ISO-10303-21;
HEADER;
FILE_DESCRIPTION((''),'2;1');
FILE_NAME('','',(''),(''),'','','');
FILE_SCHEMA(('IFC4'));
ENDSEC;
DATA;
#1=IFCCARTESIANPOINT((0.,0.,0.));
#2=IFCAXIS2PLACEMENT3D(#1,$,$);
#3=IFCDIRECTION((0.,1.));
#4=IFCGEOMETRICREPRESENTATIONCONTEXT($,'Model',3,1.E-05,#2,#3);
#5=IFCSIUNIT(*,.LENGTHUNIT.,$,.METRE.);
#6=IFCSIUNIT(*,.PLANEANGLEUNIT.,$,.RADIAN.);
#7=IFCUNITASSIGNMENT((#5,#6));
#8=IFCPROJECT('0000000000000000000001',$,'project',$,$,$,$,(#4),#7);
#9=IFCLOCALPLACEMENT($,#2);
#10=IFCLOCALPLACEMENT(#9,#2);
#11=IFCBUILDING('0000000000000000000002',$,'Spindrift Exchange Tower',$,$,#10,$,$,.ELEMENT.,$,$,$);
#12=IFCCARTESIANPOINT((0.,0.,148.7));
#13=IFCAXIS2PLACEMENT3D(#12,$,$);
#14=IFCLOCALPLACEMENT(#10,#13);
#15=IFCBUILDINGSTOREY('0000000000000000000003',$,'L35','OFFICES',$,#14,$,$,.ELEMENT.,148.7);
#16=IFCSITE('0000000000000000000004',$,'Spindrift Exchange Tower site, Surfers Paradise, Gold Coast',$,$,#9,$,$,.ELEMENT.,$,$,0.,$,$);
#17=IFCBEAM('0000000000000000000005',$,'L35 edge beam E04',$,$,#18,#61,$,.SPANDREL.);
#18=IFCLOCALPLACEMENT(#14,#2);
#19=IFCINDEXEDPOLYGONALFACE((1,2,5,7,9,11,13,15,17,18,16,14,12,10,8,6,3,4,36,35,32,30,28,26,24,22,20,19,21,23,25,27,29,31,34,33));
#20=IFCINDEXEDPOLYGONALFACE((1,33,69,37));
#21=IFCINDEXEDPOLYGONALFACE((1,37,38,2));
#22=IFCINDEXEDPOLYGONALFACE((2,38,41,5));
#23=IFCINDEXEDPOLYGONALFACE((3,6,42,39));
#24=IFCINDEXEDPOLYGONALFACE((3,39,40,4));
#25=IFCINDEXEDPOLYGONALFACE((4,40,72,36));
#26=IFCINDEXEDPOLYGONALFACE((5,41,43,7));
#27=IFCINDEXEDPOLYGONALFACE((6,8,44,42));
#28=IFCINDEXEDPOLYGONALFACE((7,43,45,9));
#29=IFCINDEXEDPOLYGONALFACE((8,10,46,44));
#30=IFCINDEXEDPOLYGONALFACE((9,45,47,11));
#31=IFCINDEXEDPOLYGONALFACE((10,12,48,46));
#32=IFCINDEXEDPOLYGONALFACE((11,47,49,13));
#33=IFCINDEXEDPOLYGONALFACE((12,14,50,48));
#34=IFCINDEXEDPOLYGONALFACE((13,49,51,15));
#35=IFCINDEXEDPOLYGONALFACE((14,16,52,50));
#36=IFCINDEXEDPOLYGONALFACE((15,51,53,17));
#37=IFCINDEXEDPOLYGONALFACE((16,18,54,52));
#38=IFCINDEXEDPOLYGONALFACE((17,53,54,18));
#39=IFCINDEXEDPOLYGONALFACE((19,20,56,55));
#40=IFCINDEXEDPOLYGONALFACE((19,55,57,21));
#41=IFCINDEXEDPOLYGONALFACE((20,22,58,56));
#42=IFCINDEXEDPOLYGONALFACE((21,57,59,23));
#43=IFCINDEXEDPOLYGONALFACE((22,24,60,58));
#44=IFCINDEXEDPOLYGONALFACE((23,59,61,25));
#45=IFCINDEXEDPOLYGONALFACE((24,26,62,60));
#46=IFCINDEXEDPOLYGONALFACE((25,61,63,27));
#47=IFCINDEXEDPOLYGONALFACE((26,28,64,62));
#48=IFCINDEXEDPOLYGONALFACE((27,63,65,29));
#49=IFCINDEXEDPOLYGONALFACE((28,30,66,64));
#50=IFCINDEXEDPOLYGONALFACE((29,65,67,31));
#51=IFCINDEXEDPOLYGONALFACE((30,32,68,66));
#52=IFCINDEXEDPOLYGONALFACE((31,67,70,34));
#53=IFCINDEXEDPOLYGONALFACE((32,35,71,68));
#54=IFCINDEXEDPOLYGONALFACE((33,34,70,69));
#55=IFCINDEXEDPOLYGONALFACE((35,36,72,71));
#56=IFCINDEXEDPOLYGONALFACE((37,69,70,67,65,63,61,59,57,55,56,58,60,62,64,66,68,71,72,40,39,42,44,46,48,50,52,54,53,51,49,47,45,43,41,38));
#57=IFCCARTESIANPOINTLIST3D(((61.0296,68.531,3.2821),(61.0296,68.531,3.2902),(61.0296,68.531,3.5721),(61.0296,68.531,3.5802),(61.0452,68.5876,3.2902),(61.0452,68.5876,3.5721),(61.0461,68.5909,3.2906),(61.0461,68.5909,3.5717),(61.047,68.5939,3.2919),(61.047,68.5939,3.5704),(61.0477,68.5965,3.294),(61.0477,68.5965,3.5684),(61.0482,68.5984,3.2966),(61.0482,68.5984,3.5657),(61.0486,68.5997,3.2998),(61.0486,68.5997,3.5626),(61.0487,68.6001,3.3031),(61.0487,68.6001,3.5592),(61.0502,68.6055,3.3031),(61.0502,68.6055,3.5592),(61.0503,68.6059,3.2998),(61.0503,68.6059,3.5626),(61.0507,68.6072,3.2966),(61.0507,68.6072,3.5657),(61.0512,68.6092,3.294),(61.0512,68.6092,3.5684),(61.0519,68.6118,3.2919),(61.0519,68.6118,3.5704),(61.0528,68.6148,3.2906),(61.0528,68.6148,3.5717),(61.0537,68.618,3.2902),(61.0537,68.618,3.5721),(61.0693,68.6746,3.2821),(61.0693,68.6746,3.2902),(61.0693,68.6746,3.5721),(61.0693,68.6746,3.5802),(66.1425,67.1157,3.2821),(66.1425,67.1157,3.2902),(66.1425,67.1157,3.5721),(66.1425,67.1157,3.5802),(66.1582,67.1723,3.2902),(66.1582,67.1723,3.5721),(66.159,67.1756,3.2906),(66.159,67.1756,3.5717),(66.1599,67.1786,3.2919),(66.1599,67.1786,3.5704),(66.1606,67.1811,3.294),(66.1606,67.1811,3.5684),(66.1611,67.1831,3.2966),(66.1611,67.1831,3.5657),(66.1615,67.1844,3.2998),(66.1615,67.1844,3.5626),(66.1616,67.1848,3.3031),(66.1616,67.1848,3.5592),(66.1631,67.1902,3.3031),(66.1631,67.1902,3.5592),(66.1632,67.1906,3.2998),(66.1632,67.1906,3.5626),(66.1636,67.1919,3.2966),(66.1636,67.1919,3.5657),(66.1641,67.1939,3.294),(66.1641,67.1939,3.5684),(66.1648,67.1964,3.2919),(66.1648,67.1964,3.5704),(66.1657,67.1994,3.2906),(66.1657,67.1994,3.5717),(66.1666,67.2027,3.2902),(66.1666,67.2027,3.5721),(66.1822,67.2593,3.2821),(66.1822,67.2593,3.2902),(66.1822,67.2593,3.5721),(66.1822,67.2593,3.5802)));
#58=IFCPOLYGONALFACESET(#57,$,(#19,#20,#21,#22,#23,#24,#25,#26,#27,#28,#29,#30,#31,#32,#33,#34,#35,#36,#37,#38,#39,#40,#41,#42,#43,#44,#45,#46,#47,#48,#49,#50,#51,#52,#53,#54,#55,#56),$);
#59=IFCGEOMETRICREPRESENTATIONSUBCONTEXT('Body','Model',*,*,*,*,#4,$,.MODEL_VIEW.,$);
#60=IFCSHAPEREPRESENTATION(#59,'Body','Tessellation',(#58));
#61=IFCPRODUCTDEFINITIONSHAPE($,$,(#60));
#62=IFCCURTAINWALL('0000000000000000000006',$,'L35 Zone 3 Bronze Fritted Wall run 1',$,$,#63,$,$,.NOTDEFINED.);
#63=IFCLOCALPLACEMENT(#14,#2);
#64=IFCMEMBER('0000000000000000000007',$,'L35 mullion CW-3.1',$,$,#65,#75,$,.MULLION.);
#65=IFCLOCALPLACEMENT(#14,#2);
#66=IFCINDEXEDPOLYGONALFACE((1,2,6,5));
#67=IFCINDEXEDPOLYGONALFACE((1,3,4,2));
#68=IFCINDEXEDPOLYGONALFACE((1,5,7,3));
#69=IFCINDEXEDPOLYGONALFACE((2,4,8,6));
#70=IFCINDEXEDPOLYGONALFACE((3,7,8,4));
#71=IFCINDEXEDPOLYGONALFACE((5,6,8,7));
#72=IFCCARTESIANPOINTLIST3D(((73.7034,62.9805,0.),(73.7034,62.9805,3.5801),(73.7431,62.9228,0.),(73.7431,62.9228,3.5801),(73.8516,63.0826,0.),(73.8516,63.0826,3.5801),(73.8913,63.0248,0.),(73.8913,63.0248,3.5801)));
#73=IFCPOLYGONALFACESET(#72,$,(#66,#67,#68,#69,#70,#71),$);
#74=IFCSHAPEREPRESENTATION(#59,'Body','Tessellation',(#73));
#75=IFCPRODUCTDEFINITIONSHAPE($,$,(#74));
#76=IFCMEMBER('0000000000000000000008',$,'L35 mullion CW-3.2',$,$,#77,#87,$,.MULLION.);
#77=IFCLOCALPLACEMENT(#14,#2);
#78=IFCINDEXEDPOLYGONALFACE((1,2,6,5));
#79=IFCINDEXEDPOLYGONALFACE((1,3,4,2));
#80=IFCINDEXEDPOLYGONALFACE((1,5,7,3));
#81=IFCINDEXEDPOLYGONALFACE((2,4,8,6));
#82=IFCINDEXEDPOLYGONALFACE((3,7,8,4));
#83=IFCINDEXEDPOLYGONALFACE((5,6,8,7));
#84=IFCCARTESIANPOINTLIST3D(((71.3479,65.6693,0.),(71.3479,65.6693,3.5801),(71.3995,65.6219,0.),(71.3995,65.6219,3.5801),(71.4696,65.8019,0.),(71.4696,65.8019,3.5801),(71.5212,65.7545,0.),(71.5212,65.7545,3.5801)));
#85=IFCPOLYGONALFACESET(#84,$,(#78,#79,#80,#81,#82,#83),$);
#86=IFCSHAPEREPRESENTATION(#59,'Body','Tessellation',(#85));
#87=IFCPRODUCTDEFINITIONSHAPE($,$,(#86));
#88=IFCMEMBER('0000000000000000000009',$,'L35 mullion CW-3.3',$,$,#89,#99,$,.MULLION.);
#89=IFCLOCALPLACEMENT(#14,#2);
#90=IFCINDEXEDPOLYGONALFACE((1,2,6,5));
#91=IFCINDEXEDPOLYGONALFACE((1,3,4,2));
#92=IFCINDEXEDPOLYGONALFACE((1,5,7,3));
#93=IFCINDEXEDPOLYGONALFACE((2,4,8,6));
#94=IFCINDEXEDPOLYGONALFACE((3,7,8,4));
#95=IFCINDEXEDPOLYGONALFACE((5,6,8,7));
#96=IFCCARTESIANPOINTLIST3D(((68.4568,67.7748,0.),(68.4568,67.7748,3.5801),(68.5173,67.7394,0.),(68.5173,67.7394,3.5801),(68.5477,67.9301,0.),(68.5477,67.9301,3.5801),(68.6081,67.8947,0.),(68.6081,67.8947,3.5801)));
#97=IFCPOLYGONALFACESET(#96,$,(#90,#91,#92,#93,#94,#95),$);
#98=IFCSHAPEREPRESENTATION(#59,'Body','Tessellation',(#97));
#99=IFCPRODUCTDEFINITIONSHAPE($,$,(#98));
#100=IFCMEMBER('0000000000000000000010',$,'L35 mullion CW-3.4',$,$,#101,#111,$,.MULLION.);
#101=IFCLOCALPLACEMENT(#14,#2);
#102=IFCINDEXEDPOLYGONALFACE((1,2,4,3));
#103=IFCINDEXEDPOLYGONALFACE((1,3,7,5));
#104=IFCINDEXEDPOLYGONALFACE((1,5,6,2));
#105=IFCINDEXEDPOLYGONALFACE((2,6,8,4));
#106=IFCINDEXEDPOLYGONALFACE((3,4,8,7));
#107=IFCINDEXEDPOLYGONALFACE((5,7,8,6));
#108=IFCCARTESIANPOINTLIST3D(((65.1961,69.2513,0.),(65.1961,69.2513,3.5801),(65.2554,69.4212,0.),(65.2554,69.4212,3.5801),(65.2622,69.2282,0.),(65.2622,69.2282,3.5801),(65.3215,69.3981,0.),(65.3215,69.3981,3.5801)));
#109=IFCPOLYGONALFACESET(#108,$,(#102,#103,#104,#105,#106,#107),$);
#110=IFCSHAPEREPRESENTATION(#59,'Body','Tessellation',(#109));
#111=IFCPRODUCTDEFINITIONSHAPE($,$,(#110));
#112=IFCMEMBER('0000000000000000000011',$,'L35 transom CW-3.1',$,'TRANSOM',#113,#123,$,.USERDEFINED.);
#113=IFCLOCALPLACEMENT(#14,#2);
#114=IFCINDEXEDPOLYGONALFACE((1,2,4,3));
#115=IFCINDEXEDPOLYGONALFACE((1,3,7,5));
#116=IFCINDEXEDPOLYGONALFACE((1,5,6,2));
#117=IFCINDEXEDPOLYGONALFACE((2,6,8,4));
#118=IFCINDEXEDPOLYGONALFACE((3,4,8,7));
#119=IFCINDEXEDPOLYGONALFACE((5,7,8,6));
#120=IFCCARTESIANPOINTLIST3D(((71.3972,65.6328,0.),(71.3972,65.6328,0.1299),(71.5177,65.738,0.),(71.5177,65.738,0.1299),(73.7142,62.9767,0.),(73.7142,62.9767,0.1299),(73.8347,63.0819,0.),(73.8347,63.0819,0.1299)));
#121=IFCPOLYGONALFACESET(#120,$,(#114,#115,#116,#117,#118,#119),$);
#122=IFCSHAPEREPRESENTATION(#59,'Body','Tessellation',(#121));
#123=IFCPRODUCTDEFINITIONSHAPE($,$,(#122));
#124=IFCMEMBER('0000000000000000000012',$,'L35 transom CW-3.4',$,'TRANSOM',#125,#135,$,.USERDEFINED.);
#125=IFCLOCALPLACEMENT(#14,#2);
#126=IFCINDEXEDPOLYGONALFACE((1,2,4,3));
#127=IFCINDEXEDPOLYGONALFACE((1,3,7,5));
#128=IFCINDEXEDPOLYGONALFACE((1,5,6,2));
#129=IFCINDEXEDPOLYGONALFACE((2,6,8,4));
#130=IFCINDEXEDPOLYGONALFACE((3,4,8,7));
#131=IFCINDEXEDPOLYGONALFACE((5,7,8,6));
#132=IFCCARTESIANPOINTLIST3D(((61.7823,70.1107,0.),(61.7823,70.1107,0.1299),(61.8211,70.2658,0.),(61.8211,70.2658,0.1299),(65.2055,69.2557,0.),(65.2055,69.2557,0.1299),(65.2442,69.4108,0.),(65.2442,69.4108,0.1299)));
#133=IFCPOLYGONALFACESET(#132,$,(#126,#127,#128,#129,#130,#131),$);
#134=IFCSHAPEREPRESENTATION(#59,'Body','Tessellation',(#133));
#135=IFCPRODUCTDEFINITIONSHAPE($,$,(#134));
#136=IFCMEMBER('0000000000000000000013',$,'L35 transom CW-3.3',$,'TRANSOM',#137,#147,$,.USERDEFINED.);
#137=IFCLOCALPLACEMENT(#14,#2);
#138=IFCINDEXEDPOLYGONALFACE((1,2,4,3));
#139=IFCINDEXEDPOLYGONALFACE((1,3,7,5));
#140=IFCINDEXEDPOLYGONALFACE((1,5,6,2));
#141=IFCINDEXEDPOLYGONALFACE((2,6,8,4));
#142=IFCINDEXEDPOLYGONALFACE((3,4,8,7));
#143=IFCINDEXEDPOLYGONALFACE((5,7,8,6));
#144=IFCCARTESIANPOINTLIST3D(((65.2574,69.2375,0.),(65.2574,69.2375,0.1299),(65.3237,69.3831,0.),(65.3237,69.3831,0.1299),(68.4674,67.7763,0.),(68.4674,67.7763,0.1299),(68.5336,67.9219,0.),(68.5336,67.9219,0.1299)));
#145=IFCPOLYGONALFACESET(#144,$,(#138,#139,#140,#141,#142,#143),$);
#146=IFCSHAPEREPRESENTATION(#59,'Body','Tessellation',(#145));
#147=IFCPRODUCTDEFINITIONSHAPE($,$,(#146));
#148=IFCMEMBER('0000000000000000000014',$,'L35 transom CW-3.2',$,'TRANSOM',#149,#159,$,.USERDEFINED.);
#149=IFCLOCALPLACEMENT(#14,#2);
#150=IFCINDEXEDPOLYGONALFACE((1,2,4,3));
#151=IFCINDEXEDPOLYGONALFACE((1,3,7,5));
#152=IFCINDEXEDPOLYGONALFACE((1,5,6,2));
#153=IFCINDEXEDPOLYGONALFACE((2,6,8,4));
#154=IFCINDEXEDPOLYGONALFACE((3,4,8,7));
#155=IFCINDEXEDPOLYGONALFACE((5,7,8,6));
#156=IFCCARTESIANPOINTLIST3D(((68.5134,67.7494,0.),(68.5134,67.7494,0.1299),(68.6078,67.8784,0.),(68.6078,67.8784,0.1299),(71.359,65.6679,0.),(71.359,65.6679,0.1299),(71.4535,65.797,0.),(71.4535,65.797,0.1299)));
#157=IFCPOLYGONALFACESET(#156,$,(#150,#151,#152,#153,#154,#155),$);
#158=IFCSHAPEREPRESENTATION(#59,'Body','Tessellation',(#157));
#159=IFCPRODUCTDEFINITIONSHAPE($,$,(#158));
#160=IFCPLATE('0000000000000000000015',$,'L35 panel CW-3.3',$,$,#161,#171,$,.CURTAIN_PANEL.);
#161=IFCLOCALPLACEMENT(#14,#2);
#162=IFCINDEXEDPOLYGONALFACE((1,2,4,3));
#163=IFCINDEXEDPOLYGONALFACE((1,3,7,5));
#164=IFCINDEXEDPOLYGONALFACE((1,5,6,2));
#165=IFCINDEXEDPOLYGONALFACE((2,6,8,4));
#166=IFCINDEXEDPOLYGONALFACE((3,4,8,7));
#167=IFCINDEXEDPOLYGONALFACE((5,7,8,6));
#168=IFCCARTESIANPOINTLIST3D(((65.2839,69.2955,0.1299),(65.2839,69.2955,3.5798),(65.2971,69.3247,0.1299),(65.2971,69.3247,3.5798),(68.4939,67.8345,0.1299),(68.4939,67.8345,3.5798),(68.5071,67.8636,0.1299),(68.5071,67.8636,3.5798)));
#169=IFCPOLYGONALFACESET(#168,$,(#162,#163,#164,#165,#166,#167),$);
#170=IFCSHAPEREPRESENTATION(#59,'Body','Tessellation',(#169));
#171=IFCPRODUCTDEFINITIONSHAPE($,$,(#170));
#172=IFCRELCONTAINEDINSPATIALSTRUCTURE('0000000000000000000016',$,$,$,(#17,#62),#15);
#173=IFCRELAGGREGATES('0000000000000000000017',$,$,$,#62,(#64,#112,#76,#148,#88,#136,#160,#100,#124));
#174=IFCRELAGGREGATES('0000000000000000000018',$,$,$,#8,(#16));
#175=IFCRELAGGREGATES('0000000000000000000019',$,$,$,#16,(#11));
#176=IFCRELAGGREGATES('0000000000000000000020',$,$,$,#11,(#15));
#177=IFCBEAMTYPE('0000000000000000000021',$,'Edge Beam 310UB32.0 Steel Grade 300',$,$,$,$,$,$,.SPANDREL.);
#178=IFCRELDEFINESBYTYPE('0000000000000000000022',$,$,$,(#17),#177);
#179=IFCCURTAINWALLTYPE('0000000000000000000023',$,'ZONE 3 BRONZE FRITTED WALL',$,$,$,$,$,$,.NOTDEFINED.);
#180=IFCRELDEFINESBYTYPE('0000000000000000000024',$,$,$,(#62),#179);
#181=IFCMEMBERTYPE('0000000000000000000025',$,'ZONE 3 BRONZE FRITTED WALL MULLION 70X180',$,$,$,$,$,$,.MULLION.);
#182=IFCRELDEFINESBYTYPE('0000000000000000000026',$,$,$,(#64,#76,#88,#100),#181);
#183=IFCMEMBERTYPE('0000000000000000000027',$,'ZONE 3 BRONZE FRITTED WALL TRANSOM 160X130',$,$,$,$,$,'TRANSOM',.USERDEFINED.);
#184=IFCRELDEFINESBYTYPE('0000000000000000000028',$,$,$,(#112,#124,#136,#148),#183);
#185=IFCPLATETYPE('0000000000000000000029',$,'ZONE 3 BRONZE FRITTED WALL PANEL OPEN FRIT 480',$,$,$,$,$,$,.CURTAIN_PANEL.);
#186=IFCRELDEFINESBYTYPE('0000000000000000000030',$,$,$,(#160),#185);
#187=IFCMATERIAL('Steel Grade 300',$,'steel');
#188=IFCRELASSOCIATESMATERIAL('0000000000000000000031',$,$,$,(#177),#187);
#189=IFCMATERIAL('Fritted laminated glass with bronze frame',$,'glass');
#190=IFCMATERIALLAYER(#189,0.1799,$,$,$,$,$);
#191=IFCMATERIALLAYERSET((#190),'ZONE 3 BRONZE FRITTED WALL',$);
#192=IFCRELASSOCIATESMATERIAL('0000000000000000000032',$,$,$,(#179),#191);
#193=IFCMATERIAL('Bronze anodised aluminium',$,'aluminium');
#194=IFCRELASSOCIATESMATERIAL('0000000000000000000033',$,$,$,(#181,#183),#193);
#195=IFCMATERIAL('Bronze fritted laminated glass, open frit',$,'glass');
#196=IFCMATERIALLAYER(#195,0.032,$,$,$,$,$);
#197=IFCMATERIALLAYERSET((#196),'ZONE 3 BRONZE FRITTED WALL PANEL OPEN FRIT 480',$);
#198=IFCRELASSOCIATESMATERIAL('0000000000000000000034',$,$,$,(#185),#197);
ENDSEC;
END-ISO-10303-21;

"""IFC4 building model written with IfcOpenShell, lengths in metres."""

from ifc_helpers import new_model, si_unit, direction, frame, origin, origin_2d, place, context, subcontext, project, spatial, rectangle, i_section, extrude, source, transform, mapped, material, layer, layer_set, material_profile, profile_set, type_object, element, aggregate, save


model = new_model("IFC4")

# Units and contexts
model_context = context("Model", 3, precision=1e-05, world=origin(), true_north=direction((0.0, 1.0)))
body_context = subcontext(model_context, "Body", "Model", "MODEL_VIEW")
ifc_project = project(units=[si_unit("LENGTHUNIT", "METRE"), si_unit("PLANEANGLEUNIT", "RADIAN")], contexts=[model_context])

# Site, building, storey
site_placement = place(None, origin())
site = spatial("IfcSite", under=ifc_project, at=site_placement, Name="Spindrift Exchange Tower site, Surfers Paradise, Gold Coast", CompositionType="ELEMENT", RefElevation=0.0)
building_placement = place(site_placement, origin())
building = spatial("IfcBuilding", under=site, at=building_placement, Name="Spindrift Exchange Tower", CompositionType="ELEMENT")
storey_placement = place(building_placement, frame((0.0, 0.0, 148.7)))
storey = spatial("IfcBuildingStorey", under=building, at=storey_placement, Name="L35", Description="OFFICES", CompositionType="ELEMENT", Elevation=148.7)

# Beam
ifc_material_1 = material(Name="Steel Grade 300", Category="steel")
ifc_material_profile_1 = material_profile(ifc_material_1, i_section(OverallWidth=0.1489, OverallDepth=0.2981, WebThickness=0.0056, FlangeThickness=0.0081, FilletRadius=0.0129, at=origin_2d()), Name="310UB32.0")
ifc_profile_set_1 = profile_set([ifc_material_profile_1], Name="Steel Grade 300")
beam_type_1 = type_object("IfcBeamType", Name="Edge Beam 310UB32.0 Steel Grade 300", PredefinedType="SPANDREL", material=ifc_profile_set_1)
shared_shape_1 = source(origin(), body_context, "Body", "SweptSolid", [
    extrude(i_section(OverallWidth=0.1489, OverallDepth=0.2981, WebThickness=0.0056, FlangeThickness=0.0081, FilletRadius=0.0129, at=origin_2d()), origin(), (0.0, 0.0, 1.0), 5.3052),
])
beam_1_placement = place(storey_placement, frame((66.1624, 67.1875, 3.4312), z_axis=(-0.963758, 0.26678, 0.0), x_axis=(-0.26678, -0.963758, 0.0)))
element("IfcBeam", 1, at=beam_1_placement, inside=storey, type_object=beam_type_1, Name="L35 edge beam E04", PredefinedType="SPANDREL", context=body_context, shape_type="MappedRepresentation", body=[
    mapped(shared_shape_1, transform((0.0, 0.0, 0.0), scale=1.0)),
])

# Curtain wall, members, plate
ifc_material_2 = material(Name="Fritted laminated glass with bronze frame", Category="glass")
ifc_layer_1 = layer(ifc_material_2, 0.1799)
ifc_layer_set_1 = layer_set([ifc_layer_1], Name="ZONE 3 BRONZE FRITTED WALL")
curtain_wall_type = type_object("IfcCurtainWallType", Name="ZONE 3 BRONZE FRITTED WALL", PredefinedType="NOTDEFINED", material=ifc_layer_set_1)
curtain_wall_1_placement = place(storey_placement, origin())
curtain_wall_1 = element("IfcCurtainWall", 2, at=curtain_wall_1_placement, inside=storey, type_object=curtain_wall_type, Name="L35 Zone 3 Bronze Fritted Wall run 1", PredefinedType="NOTDEFINED")
ifc_material_3 = material(Name="Bronze anodised aluminium", Category="aluminium")
ifc_material_profile_2 = material_profile(ifc_material_3, rectangle(XDim=0.0701, YDim=0.1799, at=origin_2d()), Name="ZONE 3 BRONZE FRITTED WALL MULLION 70X180")
ifc_profile_set_2 = profile_set([ifc_material_profile_2], Name="Bronze anodised aluminium")
member_type_1 = type_object("IfcMemberType", Name="ZONE 3 BRONZE FRITTED WALL MULLION 70X180", PredefinedType="MULLION", material=ifc_profile_set_2)
shared_shape_2 = source(origin(), body_context, "Body", "SweptSolid", [
    extrude(rectangle(XDim=0.0701, YDim=0.1799, at=origin_2d()), origin(), (0.0, 0.0, 1.0), 3.5801),
])
member_1_placement = place(storey_placement, frame((73.7974, 63.0027, 0.0), z_axis=(0.0, 0.0, 1.0), x_axis=(-0.566967, 0.82374, 0.0)))
member_1 = element("IfcMember", 3, at=member_1_placement, type_object=member_type_1, Name="L35 mullion CW-3.1", PredefinedType="MULLION", context=body_context, shape_type="MappedRepresentation", body=[
    mapped(shared_shape_2, transform((0.0, 0.0, 0.0), scale=1.0)),
])
member_2_placement = place(storey_placement, frame((71.4346, 65.7119, 0.0), z_axis=(0.0, 0.0, 1.0), x_axis=(-0.736749, 0.676167, 0.0)))
member_2 = element("IfcMember", 4, at=member_2_placement, type_object=member_type_1, Name="L35 mullion CW-3.2", PredefinedType="MULLION", context=body_context, shape_type="MappedRepresentation", body=[
    mapped(shared_shape_2, transform((0.0, 0.0, 0.0), scale=1.0)),
])
member_3_placement = place(storey_placement, frame((68.5325, 67.8347, 0.0), z_axis=(0.0, 0.0, 1.0), x_axis=(-0.863144, 0.504957, 0.0)))
member_3 = element("IfcMember", 5, at=member_3_placement, type_object=member_type_1, Name="L35 mullion CW-3.3", PredefinedType="MULLION", context=body_context, shape_type="MappedRepresentation", body=[
    mapped(shared_shape_2, transform((0.0, 0.0, 0.0), scale=1.0)),
])
member_4_placement = place(storey_placement, frame((65.2588, 69.3247, 0.0), z_axis=(0.0, 0.0, 1.0), x_axis=(-0.944092, 0.329681, 0.0)))
member_4 = element("IfcMember", 6, at=member_4_placement, type_object=member_type_1, Name="L35 mullion CW-3.4", PredefinedType="MULLION", context=body_context, shape_type="MappedRepresentation", body=[
    mapped(shared_shape_2, transform((0.0, 0.0, 0.0), scale=1.0)),
])
ifc_material_profile_3 = material_profile(ifc_material_3, rectangle(XDim=0.1599, YDim=0.1299, at=origin_2d()), Name="ZONE 3 BRONZE FRITTED WALL TRANSOM 160X130")
ifc_profile_set_3 = profile_set([ifc_material_profile_3], Name="Bronze anodised aluminium")
member_type_2 = type_object("IfcMemberType", Name="ZONE 3 BRONZE FRITTED WALL TRANSOM 160X130", ElementType="TRANSOM", PredefinedType="USERDEFINED", material=ifc_profile_set_3)
shared_shape_3 = source(origin(), body_context, "Body", "SweptSolid", [
    extrude(rectangle(XDim=0.1599, YDim=0.1299, at=origin_2d()), origin(), (0.0, 0.0, 1.0), 3.5247),
])
member_5_placement = place(storey_placement, frame((73.7744, 63.0293, 0.0649), z_axis=(-0.657361, 0.753576, 0.0), x_axis=(-0.753576, -0.657361, 0.0)))
member_5 = element("IfcMember", 7, at=member_5_placement, type_object=member_type_2, Name="L35 transom CW-3.1", ObjectType="TRANSOM", PredefinedType="USERDEFINED", context=body_context, shape_type="MappedRepresentation", body=[
    mapped(shared_shape_3, transform((0.0, 0.0, 0.0), scale=1.0)),
])
shared_shape_4 = source(origin(), body_context, "Body", "SweptSolid", [
    extrude(rectangle(XDim=0.1599, YDim=0.1299, at=origin_2d()), origin(), (0.0, 0.0, 1.0), 3.5283),
])
member_6_placement = place(storey_placement, frame((65.2249, 69.3333, 0.0649), z_axis=(-0.970195, 0.242324, 0.0), x_axis=(-0.242324, -0.970195, 0.0)))
member_6 = element("IfcMember", 8, at=member_6_placement, type_object=member_type_2, Name="L35 transom CW-3.4", ObjectType="TRANSOM", PredefinedType="USERDEFINED", context=body_context, shape_type="MappedRepresentation", body=[
    mapped(shared_shape_4, transform((0.0, 0.0, 0.0), scale=1.0)),
])
shared_shape_5 = source(origin(), body_context, "Body", "SweptSolid", [
    extrude(rectangle(XDim=0.1599, YDim=0.1299, at=origin_2d()), origin(), (0.0, 0.0, 1.0), 3.5269),
])
member_7_placement = place(storey_placement, frame((68.5005, 67.8491, 0.0649), z_axis=(-0.910141, 0.414298, 0.0), x_axis=(-0.414298, -0.910141, 0.0)))
member_7 = element("IfcMember", 9, at=member_7_placement, type_object=member_type_2, Name="L35 transom CW-3.3", ObjectType="TRANSOM", PredefinedType="USERDEFINED", context=body_context, shape_type="MappedRepresentation", body=[
    mapped(shared_shape_5, transform((0.0, 0.0, 0.0), scale=1.0)),
])
shared_shape_6 = source(origin(), body_context, "Body", "SweptSolid", [
    extrude(rectangle(XDim=0.1599, YDim=0.1299, at=origin_2d()), origin(), (0.0, 0.0, 1.0), 3.5256),
])
member_8_placement = place(storey_placement, frame((71.4062, 65.7324, 0.0649), z_axis=(-0.807122, 0.590385, 0.0), x_axis=(-0.590385, -0.807122, 0.0)))
member_8 = element("IfcMember", 10, at=member_8_placement, type_object=member_type_2, Name="L35 transom CW-3.2", ObjectType="TRANSOM", PredefinedType="USERDEFINED", context=body_context, shape_type="MappedRepresentation", body=[
    mapped(shared_shape_6, transform((0.0, 0.0, 0.0), scale=1.0)),
])
ifc_material_4 = material(Name="Bronze fritted laminated glass, open frit", Category="glass")
ifc_layer_2 = layer(ifc_material_4, 0.032)
ifc_layer_set_2 = layer_set([ifc_layer_2], Name="ZONE 3 BRONZE FRITTED WALL PANEL OPEN FRIT 480")
plate_type_1 = type_object("IfcPlateType", Name="ZONE 3 BRONZE FRITTED WALL PANEL OPEN FRIT 480", PredefinedType="CURTAIN_PANEL", material=ifc_layer_set_2)
shared_shape_7 = source(origin(), body_context, "Body", "SweptSolid", [
    extrude(rectangle(XDim=3.5269, YDim=0.032, at=origin_2d()), origin(), (0.0, 0.0, 1.0), 3.45),
])
plate_1_placement = place(storey_placement, frame((66.8955, 68.5796, 0.1299), z_axis=(0.0, 0.0, 1.0), x_axis=(-0.910162, 0.414253, 0.0)))
plate_1 = element("IfcPlate", 11, at=plate_1_placement, type_object=plate_type_1, Name="L35 panel CW-3.3", PredefinedType="CURTAIN_PANEL", context=body_context, shape_type="MappedRepresentation", body=[
    mapped(shared_shape_7, transform((0.0, 0.0, 0.0), scale=1.0)),
])

aggregate(curtain_wall_1, [member_1, member_5, member_2, member_8, member_3, member_7, plate_1, member_4, member_6])

save(model, "model.ifc")
